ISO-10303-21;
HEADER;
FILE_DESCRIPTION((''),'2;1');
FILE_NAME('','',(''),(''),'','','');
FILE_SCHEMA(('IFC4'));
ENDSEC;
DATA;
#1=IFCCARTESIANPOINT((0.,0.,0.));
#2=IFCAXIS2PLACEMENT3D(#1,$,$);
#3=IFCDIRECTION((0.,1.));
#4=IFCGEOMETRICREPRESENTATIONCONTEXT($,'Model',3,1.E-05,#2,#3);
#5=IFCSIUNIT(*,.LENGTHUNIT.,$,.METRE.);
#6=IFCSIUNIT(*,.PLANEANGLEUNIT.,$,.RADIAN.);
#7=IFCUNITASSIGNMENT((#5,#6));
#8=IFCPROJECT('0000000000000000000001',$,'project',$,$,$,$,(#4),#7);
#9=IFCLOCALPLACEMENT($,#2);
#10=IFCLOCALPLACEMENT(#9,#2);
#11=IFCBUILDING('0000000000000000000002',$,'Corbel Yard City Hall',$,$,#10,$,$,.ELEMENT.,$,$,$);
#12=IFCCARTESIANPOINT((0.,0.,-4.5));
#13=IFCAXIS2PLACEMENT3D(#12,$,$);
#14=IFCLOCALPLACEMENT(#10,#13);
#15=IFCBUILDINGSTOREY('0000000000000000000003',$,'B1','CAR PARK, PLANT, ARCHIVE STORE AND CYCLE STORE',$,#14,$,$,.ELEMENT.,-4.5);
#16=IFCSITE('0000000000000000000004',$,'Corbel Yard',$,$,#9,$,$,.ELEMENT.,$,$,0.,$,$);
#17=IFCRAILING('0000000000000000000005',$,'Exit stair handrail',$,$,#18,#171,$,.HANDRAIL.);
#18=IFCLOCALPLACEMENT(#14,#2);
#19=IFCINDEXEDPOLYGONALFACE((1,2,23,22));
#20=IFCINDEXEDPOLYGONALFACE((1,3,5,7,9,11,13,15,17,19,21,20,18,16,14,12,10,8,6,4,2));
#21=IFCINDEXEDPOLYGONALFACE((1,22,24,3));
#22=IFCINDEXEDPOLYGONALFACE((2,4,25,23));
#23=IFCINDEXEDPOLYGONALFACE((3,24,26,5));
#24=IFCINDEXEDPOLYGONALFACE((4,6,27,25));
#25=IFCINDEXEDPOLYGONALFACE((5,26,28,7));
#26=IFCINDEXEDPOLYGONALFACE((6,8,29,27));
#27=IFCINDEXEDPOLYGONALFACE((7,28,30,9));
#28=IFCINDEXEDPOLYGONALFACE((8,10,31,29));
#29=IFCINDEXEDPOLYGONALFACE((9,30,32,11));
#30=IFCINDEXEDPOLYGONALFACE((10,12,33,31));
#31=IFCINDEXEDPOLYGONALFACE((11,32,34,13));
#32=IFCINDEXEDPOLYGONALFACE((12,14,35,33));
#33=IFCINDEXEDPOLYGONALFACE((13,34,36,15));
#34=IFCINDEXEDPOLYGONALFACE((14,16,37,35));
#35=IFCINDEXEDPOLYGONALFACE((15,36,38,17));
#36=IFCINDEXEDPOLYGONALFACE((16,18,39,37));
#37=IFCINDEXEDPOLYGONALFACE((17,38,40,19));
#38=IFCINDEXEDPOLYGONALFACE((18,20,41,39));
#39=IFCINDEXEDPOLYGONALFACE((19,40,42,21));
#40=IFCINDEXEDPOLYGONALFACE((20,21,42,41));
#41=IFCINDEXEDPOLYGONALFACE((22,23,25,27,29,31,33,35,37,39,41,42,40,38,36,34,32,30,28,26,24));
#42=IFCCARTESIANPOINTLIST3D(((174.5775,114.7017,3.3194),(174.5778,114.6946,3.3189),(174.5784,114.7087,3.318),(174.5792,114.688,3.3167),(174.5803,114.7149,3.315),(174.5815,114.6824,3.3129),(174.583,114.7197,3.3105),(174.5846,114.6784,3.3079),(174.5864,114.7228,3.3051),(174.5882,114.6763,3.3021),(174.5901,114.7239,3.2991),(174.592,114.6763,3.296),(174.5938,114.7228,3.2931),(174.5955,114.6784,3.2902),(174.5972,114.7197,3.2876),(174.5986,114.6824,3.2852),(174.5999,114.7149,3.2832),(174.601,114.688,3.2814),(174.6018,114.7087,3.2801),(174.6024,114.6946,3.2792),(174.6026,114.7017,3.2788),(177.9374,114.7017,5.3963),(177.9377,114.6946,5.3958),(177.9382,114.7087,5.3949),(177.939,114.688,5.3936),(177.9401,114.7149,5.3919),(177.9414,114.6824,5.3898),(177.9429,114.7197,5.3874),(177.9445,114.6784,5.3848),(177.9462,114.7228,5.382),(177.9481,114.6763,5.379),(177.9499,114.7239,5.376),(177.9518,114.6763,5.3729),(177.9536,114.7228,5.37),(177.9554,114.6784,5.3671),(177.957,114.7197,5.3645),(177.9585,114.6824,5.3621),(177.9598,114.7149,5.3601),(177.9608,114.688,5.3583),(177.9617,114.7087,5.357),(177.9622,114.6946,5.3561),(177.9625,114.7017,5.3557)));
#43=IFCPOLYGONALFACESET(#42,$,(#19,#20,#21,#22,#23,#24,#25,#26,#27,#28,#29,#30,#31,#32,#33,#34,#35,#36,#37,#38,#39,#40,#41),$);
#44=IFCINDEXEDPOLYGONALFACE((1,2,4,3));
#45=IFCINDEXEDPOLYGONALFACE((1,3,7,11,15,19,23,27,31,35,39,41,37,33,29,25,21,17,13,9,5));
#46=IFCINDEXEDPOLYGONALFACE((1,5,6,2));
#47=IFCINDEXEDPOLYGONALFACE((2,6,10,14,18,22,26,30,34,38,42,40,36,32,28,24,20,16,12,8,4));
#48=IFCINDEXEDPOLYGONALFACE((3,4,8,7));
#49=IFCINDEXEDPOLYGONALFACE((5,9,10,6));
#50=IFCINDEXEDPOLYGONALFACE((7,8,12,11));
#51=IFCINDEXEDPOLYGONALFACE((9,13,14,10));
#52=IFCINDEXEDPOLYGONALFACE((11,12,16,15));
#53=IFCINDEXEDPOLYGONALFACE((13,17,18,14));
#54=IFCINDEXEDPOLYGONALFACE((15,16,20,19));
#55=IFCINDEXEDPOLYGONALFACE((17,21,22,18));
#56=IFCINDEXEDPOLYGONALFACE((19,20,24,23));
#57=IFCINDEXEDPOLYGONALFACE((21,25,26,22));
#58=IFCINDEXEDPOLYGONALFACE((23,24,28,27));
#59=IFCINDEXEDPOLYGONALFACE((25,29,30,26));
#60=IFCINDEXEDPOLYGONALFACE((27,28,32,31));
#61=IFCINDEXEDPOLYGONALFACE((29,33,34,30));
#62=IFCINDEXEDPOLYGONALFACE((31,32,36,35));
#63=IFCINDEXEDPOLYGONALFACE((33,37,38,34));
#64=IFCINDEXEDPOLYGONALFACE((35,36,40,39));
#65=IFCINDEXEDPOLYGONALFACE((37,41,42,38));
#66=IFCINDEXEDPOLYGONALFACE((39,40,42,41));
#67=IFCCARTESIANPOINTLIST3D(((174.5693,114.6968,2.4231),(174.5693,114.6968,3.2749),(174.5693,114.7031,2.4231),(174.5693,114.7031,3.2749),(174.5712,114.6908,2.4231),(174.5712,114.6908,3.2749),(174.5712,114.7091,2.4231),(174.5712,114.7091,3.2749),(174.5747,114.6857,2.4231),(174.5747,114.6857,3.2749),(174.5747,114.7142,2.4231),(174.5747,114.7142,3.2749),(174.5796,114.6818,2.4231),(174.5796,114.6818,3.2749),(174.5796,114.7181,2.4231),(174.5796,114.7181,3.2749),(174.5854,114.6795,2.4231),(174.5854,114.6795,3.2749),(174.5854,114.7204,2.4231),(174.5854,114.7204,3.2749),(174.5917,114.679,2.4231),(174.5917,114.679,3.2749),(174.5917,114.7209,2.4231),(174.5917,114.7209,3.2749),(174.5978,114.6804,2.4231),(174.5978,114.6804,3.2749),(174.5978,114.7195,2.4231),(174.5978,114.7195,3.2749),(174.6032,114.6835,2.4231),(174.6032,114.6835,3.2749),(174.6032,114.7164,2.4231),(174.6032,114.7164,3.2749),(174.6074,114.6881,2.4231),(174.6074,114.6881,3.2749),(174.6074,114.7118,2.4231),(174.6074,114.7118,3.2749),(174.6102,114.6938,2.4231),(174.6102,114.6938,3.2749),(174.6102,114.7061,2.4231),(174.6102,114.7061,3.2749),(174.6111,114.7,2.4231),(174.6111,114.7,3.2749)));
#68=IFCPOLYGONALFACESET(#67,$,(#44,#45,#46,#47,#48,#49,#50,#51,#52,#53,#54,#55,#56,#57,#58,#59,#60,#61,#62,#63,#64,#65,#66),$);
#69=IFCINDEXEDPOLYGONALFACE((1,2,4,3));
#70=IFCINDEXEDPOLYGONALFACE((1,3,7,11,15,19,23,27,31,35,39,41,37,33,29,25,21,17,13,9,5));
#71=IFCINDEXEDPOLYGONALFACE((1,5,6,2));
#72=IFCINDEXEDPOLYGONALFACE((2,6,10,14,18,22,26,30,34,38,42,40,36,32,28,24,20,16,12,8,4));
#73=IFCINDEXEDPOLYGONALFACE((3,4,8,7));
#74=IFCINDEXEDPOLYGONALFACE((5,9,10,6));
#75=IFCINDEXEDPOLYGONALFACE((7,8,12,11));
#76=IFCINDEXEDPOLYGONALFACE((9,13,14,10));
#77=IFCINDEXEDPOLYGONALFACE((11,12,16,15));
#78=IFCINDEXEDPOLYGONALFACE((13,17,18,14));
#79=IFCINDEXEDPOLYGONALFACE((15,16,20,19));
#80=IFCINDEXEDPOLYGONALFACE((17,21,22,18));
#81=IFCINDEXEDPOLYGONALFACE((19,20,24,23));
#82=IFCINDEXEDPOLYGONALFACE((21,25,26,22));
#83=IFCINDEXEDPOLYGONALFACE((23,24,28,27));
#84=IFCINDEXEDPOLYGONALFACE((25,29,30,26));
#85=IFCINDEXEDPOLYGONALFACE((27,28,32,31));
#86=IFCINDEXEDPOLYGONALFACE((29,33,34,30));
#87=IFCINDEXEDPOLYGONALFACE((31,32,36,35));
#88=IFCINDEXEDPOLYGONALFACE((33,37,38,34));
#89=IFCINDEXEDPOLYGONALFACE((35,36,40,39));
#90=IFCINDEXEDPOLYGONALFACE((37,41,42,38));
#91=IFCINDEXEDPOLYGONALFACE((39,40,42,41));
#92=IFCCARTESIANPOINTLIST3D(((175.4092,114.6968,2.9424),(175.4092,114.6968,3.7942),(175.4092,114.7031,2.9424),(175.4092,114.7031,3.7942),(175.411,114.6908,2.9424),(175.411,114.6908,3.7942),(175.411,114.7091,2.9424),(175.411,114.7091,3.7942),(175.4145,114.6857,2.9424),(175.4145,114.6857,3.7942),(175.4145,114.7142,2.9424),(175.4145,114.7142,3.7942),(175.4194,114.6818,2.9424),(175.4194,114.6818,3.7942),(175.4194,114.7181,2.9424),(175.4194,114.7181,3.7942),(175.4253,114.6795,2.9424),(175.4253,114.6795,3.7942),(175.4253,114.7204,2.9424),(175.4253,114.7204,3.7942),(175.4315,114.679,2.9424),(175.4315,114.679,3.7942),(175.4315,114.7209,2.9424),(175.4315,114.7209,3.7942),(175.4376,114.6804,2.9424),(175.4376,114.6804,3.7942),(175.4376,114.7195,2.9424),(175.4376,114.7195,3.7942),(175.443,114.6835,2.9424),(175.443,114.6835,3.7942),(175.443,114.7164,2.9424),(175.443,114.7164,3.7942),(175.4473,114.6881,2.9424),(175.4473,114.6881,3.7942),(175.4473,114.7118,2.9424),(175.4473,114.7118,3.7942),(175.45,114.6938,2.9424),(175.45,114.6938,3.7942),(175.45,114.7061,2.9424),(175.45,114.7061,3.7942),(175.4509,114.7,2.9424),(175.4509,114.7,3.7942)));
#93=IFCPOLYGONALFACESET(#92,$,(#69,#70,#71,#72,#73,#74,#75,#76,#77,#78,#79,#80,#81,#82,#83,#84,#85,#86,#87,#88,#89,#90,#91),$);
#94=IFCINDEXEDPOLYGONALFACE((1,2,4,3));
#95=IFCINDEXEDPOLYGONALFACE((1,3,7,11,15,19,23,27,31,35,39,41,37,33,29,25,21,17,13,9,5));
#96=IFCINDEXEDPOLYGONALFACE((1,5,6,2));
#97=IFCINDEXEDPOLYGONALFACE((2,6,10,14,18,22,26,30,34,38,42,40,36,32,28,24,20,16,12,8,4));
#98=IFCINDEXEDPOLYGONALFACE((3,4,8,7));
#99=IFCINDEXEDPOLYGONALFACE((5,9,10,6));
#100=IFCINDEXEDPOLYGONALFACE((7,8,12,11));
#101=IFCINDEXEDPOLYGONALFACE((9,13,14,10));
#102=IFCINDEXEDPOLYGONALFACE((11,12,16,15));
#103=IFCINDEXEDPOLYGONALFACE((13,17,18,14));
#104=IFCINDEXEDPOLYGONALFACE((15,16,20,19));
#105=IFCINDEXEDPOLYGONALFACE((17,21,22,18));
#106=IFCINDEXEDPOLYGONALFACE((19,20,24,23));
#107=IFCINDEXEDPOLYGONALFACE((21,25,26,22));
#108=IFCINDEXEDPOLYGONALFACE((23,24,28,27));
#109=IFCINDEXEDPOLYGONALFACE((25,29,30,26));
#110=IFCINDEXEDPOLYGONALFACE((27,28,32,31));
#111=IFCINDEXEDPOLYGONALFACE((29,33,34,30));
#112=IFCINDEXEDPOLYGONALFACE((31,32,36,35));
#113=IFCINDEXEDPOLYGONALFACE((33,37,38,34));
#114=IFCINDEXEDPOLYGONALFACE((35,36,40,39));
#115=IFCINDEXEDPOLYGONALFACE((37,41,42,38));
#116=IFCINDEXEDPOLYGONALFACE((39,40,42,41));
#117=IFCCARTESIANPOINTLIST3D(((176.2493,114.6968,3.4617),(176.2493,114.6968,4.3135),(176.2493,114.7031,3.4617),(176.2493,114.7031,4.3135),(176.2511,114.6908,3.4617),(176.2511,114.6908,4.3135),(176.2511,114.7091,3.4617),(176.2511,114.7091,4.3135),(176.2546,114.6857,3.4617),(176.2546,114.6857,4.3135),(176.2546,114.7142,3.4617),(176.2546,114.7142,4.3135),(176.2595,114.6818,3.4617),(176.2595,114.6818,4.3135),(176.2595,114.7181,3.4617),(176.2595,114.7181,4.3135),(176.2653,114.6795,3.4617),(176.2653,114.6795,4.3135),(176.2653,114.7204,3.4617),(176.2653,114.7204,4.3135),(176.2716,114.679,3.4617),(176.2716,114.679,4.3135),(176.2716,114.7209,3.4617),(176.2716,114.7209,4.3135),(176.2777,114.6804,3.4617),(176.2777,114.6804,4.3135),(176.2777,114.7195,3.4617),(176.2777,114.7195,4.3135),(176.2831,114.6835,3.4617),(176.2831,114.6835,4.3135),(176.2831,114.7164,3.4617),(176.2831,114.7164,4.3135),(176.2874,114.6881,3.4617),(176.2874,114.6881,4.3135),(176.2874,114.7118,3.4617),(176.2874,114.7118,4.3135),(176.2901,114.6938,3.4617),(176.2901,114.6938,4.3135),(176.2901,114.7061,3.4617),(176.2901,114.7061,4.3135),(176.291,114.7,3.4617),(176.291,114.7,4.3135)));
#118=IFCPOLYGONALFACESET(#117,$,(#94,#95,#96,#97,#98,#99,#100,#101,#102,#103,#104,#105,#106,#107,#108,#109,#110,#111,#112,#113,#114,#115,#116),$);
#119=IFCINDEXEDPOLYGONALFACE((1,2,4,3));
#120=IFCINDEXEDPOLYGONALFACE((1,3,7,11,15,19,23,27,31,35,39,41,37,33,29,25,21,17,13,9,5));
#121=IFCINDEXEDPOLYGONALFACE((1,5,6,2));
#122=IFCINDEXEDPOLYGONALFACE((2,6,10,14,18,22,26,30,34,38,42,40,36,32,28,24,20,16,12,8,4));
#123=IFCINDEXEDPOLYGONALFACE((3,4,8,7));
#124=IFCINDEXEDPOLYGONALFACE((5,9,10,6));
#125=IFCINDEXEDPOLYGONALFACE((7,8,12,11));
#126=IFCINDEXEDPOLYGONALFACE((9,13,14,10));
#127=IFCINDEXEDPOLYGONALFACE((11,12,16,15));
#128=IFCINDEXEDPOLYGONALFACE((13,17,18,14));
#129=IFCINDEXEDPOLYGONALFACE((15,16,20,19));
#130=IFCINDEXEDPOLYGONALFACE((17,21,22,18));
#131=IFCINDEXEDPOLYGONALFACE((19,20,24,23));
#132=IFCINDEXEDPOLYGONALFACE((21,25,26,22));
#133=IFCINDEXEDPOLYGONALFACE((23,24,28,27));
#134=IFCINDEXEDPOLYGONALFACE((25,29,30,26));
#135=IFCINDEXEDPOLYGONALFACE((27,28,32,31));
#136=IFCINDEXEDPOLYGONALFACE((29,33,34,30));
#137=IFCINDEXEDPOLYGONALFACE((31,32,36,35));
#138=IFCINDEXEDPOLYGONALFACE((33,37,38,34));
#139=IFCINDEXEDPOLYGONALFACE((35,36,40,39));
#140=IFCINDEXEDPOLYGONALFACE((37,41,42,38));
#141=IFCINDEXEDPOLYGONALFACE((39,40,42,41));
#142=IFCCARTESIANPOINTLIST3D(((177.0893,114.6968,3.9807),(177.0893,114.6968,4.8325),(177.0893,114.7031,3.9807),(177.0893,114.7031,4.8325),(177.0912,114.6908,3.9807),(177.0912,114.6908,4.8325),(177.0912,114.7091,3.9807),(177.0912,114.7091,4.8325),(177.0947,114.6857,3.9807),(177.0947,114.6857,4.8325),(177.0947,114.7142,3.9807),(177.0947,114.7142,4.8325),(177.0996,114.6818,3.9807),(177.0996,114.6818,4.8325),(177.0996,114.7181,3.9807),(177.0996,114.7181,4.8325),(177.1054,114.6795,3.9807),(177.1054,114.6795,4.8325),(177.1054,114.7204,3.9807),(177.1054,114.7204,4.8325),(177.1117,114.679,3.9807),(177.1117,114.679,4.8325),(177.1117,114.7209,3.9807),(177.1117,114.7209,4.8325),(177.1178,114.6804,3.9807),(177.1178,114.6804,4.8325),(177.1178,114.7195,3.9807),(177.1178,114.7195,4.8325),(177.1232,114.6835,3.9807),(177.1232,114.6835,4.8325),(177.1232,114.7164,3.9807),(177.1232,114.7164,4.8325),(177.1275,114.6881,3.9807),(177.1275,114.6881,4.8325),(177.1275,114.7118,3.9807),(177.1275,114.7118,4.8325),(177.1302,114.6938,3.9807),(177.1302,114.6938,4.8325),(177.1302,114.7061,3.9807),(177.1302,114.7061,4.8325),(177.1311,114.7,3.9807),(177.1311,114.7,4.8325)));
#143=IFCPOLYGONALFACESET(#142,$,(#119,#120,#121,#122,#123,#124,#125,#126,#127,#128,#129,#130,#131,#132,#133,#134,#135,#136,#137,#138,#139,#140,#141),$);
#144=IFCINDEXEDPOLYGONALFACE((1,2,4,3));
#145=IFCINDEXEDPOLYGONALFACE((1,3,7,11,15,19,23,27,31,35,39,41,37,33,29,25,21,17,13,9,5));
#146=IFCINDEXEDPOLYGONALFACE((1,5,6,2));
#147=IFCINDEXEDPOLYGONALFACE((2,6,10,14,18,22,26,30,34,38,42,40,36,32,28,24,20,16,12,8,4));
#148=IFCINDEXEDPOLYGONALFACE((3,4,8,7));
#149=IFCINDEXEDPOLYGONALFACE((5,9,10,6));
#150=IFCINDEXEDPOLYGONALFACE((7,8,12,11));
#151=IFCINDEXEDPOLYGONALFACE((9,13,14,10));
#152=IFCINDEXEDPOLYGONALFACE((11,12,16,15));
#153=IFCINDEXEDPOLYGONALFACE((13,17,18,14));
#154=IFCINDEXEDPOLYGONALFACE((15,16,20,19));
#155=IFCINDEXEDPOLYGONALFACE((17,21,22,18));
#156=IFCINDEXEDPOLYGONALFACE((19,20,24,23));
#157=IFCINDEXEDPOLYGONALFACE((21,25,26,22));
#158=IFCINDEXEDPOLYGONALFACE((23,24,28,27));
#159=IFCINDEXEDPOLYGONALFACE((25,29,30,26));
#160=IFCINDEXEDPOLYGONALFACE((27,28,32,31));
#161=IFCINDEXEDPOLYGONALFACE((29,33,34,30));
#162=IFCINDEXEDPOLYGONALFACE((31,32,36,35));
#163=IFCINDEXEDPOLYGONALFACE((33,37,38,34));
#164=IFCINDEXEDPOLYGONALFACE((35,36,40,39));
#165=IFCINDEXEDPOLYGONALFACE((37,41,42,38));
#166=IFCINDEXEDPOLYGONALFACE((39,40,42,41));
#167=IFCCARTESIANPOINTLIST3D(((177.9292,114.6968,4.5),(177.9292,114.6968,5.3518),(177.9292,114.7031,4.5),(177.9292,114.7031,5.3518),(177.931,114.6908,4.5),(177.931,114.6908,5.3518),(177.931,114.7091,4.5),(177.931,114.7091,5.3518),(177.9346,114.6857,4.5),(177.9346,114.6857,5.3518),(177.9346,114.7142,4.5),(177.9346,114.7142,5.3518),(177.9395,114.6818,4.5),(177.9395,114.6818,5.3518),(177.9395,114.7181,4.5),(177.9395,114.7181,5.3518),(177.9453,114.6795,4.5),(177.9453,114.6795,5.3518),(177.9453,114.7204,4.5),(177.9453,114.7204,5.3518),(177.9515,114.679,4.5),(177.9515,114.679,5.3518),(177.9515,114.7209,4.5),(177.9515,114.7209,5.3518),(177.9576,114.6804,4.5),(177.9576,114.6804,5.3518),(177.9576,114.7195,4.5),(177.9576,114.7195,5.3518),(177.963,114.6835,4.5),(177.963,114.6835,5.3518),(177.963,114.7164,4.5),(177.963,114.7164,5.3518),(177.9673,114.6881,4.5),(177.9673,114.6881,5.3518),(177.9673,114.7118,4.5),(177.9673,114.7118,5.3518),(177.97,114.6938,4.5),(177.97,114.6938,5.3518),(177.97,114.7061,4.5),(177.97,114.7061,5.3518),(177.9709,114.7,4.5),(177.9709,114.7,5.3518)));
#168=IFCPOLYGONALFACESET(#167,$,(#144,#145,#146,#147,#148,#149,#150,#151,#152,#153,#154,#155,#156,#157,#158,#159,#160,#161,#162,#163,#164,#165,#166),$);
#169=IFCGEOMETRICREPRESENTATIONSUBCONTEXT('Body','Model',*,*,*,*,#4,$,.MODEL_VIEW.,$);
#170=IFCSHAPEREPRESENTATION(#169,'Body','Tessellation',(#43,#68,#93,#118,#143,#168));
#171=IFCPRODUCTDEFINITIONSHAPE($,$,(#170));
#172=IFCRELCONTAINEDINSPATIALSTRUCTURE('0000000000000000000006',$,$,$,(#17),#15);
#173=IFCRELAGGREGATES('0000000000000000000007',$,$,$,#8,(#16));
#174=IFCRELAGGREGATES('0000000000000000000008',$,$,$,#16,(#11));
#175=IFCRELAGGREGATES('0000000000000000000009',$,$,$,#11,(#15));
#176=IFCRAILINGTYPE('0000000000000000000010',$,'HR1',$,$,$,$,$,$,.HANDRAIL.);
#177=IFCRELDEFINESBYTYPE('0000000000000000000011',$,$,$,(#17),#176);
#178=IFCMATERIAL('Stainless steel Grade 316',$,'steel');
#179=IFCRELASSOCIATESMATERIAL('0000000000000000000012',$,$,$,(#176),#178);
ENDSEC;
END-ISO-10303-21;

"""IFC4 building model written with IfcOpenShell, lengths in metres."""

from ifc_helpers import new_model, si_unit, direction, frame, origin, origin_2d, place, context, subcontext, project, spatial, circle, extrude, material, type_object, element, save


model = new_model("IFC4")

# Units and contexts
model_context = context("Model", 3, precision=1e-05, world=origin(), true_north=direction((0.0, 1.0)))
body_context = subcontext(model_context, "Body", "Model", "MODEL_VIEW")
ifc_project = project(units=[si_unit("LENGTHUNIT", "METRE"), si_unit("PLANEANGLEUNIT", "RADIAN")], contexts=[model_context])

# Site, building, storey
site_placement = place(None, origin())
site = spatial("IfcSite", under=ifc_project, at=site_placement, Name="Corbel Yard", CompositionType="ELEMENT", RefElevation=0.0)
building_placement = place(site_placement, origin())
building = spatial("IfcBuilding", under=site, at=building_placement, Name="Corbel Yard City Hall", CompositionType="ELEMENT")
storey_placement = place(building_placement, frame((0.0, 0.0, -4.5)))
storey = spatial("IfcBuildingStorey", under=building, at=storey_placement, Name="B1", Description="CAR PARK, PLANT, ARCHIVE STORE AND CYCLE STORE", CompositionType="ELEMENT", Elevation=-4.5)

# Shared definitions
ifc_material_1 = material(Name="Stainless steel Grade 316", Category="steel")

# Railing
railing_type = type_object("IfcRailingType", Name="HR1", PredefinedType="HANDRAIL", material=ifc_material_1)
for number, where, name in (
    (1, (174.5901, 114.7, 2.4231), "Exit stair handrail"),
):
    element("IfcRailing", number, at=place(storey_placement, frame(where)), inside=storey, type_object=railing_type, Name=name, PredefinedType="HANDRAIL", context=body_context, shape_type="SweptSolid", body=[
        extrude(circle(Radius=0.0239, at=origin_2d()), frame((0.0, 0.0, 0.876), z_axis=(0.850606, 0.0, 0.525803), x_axis=(0.0, 1.0, 0.0)), (0.0, 0.0, 1.0), 3.95),
        extrude(circle(Radius=0.021, at=origin_2d()), origin(), (0.0, 0.0, 1.0), 0.8518),
        extrude(circle(Radius=0.021, at=origin_2d()), frame((0.8398, 0.0, 0.5193)), (0.0, 0.0, 1.0), 0.8518),
        extrude(circle(Radius=0.021, at=origin_2d()), frame((1.6799, 0.0, 1.0386)), (0.0, 0.0, 1.0), 0.8518),
        extrude(circle(Radius=0.021, at=origin_2d()), frame((2.52, 0.0, 1.5576)), (0.0, 0.0, 1.0), 0.8518),
        extrude(circle(Radius=0.021, at=origin_2d()), frame((3.3599, 0.0, 2.0769)), (0.0, 0.0, 1.0), 0.8518),
    ])

save(model, "model.ifc")
